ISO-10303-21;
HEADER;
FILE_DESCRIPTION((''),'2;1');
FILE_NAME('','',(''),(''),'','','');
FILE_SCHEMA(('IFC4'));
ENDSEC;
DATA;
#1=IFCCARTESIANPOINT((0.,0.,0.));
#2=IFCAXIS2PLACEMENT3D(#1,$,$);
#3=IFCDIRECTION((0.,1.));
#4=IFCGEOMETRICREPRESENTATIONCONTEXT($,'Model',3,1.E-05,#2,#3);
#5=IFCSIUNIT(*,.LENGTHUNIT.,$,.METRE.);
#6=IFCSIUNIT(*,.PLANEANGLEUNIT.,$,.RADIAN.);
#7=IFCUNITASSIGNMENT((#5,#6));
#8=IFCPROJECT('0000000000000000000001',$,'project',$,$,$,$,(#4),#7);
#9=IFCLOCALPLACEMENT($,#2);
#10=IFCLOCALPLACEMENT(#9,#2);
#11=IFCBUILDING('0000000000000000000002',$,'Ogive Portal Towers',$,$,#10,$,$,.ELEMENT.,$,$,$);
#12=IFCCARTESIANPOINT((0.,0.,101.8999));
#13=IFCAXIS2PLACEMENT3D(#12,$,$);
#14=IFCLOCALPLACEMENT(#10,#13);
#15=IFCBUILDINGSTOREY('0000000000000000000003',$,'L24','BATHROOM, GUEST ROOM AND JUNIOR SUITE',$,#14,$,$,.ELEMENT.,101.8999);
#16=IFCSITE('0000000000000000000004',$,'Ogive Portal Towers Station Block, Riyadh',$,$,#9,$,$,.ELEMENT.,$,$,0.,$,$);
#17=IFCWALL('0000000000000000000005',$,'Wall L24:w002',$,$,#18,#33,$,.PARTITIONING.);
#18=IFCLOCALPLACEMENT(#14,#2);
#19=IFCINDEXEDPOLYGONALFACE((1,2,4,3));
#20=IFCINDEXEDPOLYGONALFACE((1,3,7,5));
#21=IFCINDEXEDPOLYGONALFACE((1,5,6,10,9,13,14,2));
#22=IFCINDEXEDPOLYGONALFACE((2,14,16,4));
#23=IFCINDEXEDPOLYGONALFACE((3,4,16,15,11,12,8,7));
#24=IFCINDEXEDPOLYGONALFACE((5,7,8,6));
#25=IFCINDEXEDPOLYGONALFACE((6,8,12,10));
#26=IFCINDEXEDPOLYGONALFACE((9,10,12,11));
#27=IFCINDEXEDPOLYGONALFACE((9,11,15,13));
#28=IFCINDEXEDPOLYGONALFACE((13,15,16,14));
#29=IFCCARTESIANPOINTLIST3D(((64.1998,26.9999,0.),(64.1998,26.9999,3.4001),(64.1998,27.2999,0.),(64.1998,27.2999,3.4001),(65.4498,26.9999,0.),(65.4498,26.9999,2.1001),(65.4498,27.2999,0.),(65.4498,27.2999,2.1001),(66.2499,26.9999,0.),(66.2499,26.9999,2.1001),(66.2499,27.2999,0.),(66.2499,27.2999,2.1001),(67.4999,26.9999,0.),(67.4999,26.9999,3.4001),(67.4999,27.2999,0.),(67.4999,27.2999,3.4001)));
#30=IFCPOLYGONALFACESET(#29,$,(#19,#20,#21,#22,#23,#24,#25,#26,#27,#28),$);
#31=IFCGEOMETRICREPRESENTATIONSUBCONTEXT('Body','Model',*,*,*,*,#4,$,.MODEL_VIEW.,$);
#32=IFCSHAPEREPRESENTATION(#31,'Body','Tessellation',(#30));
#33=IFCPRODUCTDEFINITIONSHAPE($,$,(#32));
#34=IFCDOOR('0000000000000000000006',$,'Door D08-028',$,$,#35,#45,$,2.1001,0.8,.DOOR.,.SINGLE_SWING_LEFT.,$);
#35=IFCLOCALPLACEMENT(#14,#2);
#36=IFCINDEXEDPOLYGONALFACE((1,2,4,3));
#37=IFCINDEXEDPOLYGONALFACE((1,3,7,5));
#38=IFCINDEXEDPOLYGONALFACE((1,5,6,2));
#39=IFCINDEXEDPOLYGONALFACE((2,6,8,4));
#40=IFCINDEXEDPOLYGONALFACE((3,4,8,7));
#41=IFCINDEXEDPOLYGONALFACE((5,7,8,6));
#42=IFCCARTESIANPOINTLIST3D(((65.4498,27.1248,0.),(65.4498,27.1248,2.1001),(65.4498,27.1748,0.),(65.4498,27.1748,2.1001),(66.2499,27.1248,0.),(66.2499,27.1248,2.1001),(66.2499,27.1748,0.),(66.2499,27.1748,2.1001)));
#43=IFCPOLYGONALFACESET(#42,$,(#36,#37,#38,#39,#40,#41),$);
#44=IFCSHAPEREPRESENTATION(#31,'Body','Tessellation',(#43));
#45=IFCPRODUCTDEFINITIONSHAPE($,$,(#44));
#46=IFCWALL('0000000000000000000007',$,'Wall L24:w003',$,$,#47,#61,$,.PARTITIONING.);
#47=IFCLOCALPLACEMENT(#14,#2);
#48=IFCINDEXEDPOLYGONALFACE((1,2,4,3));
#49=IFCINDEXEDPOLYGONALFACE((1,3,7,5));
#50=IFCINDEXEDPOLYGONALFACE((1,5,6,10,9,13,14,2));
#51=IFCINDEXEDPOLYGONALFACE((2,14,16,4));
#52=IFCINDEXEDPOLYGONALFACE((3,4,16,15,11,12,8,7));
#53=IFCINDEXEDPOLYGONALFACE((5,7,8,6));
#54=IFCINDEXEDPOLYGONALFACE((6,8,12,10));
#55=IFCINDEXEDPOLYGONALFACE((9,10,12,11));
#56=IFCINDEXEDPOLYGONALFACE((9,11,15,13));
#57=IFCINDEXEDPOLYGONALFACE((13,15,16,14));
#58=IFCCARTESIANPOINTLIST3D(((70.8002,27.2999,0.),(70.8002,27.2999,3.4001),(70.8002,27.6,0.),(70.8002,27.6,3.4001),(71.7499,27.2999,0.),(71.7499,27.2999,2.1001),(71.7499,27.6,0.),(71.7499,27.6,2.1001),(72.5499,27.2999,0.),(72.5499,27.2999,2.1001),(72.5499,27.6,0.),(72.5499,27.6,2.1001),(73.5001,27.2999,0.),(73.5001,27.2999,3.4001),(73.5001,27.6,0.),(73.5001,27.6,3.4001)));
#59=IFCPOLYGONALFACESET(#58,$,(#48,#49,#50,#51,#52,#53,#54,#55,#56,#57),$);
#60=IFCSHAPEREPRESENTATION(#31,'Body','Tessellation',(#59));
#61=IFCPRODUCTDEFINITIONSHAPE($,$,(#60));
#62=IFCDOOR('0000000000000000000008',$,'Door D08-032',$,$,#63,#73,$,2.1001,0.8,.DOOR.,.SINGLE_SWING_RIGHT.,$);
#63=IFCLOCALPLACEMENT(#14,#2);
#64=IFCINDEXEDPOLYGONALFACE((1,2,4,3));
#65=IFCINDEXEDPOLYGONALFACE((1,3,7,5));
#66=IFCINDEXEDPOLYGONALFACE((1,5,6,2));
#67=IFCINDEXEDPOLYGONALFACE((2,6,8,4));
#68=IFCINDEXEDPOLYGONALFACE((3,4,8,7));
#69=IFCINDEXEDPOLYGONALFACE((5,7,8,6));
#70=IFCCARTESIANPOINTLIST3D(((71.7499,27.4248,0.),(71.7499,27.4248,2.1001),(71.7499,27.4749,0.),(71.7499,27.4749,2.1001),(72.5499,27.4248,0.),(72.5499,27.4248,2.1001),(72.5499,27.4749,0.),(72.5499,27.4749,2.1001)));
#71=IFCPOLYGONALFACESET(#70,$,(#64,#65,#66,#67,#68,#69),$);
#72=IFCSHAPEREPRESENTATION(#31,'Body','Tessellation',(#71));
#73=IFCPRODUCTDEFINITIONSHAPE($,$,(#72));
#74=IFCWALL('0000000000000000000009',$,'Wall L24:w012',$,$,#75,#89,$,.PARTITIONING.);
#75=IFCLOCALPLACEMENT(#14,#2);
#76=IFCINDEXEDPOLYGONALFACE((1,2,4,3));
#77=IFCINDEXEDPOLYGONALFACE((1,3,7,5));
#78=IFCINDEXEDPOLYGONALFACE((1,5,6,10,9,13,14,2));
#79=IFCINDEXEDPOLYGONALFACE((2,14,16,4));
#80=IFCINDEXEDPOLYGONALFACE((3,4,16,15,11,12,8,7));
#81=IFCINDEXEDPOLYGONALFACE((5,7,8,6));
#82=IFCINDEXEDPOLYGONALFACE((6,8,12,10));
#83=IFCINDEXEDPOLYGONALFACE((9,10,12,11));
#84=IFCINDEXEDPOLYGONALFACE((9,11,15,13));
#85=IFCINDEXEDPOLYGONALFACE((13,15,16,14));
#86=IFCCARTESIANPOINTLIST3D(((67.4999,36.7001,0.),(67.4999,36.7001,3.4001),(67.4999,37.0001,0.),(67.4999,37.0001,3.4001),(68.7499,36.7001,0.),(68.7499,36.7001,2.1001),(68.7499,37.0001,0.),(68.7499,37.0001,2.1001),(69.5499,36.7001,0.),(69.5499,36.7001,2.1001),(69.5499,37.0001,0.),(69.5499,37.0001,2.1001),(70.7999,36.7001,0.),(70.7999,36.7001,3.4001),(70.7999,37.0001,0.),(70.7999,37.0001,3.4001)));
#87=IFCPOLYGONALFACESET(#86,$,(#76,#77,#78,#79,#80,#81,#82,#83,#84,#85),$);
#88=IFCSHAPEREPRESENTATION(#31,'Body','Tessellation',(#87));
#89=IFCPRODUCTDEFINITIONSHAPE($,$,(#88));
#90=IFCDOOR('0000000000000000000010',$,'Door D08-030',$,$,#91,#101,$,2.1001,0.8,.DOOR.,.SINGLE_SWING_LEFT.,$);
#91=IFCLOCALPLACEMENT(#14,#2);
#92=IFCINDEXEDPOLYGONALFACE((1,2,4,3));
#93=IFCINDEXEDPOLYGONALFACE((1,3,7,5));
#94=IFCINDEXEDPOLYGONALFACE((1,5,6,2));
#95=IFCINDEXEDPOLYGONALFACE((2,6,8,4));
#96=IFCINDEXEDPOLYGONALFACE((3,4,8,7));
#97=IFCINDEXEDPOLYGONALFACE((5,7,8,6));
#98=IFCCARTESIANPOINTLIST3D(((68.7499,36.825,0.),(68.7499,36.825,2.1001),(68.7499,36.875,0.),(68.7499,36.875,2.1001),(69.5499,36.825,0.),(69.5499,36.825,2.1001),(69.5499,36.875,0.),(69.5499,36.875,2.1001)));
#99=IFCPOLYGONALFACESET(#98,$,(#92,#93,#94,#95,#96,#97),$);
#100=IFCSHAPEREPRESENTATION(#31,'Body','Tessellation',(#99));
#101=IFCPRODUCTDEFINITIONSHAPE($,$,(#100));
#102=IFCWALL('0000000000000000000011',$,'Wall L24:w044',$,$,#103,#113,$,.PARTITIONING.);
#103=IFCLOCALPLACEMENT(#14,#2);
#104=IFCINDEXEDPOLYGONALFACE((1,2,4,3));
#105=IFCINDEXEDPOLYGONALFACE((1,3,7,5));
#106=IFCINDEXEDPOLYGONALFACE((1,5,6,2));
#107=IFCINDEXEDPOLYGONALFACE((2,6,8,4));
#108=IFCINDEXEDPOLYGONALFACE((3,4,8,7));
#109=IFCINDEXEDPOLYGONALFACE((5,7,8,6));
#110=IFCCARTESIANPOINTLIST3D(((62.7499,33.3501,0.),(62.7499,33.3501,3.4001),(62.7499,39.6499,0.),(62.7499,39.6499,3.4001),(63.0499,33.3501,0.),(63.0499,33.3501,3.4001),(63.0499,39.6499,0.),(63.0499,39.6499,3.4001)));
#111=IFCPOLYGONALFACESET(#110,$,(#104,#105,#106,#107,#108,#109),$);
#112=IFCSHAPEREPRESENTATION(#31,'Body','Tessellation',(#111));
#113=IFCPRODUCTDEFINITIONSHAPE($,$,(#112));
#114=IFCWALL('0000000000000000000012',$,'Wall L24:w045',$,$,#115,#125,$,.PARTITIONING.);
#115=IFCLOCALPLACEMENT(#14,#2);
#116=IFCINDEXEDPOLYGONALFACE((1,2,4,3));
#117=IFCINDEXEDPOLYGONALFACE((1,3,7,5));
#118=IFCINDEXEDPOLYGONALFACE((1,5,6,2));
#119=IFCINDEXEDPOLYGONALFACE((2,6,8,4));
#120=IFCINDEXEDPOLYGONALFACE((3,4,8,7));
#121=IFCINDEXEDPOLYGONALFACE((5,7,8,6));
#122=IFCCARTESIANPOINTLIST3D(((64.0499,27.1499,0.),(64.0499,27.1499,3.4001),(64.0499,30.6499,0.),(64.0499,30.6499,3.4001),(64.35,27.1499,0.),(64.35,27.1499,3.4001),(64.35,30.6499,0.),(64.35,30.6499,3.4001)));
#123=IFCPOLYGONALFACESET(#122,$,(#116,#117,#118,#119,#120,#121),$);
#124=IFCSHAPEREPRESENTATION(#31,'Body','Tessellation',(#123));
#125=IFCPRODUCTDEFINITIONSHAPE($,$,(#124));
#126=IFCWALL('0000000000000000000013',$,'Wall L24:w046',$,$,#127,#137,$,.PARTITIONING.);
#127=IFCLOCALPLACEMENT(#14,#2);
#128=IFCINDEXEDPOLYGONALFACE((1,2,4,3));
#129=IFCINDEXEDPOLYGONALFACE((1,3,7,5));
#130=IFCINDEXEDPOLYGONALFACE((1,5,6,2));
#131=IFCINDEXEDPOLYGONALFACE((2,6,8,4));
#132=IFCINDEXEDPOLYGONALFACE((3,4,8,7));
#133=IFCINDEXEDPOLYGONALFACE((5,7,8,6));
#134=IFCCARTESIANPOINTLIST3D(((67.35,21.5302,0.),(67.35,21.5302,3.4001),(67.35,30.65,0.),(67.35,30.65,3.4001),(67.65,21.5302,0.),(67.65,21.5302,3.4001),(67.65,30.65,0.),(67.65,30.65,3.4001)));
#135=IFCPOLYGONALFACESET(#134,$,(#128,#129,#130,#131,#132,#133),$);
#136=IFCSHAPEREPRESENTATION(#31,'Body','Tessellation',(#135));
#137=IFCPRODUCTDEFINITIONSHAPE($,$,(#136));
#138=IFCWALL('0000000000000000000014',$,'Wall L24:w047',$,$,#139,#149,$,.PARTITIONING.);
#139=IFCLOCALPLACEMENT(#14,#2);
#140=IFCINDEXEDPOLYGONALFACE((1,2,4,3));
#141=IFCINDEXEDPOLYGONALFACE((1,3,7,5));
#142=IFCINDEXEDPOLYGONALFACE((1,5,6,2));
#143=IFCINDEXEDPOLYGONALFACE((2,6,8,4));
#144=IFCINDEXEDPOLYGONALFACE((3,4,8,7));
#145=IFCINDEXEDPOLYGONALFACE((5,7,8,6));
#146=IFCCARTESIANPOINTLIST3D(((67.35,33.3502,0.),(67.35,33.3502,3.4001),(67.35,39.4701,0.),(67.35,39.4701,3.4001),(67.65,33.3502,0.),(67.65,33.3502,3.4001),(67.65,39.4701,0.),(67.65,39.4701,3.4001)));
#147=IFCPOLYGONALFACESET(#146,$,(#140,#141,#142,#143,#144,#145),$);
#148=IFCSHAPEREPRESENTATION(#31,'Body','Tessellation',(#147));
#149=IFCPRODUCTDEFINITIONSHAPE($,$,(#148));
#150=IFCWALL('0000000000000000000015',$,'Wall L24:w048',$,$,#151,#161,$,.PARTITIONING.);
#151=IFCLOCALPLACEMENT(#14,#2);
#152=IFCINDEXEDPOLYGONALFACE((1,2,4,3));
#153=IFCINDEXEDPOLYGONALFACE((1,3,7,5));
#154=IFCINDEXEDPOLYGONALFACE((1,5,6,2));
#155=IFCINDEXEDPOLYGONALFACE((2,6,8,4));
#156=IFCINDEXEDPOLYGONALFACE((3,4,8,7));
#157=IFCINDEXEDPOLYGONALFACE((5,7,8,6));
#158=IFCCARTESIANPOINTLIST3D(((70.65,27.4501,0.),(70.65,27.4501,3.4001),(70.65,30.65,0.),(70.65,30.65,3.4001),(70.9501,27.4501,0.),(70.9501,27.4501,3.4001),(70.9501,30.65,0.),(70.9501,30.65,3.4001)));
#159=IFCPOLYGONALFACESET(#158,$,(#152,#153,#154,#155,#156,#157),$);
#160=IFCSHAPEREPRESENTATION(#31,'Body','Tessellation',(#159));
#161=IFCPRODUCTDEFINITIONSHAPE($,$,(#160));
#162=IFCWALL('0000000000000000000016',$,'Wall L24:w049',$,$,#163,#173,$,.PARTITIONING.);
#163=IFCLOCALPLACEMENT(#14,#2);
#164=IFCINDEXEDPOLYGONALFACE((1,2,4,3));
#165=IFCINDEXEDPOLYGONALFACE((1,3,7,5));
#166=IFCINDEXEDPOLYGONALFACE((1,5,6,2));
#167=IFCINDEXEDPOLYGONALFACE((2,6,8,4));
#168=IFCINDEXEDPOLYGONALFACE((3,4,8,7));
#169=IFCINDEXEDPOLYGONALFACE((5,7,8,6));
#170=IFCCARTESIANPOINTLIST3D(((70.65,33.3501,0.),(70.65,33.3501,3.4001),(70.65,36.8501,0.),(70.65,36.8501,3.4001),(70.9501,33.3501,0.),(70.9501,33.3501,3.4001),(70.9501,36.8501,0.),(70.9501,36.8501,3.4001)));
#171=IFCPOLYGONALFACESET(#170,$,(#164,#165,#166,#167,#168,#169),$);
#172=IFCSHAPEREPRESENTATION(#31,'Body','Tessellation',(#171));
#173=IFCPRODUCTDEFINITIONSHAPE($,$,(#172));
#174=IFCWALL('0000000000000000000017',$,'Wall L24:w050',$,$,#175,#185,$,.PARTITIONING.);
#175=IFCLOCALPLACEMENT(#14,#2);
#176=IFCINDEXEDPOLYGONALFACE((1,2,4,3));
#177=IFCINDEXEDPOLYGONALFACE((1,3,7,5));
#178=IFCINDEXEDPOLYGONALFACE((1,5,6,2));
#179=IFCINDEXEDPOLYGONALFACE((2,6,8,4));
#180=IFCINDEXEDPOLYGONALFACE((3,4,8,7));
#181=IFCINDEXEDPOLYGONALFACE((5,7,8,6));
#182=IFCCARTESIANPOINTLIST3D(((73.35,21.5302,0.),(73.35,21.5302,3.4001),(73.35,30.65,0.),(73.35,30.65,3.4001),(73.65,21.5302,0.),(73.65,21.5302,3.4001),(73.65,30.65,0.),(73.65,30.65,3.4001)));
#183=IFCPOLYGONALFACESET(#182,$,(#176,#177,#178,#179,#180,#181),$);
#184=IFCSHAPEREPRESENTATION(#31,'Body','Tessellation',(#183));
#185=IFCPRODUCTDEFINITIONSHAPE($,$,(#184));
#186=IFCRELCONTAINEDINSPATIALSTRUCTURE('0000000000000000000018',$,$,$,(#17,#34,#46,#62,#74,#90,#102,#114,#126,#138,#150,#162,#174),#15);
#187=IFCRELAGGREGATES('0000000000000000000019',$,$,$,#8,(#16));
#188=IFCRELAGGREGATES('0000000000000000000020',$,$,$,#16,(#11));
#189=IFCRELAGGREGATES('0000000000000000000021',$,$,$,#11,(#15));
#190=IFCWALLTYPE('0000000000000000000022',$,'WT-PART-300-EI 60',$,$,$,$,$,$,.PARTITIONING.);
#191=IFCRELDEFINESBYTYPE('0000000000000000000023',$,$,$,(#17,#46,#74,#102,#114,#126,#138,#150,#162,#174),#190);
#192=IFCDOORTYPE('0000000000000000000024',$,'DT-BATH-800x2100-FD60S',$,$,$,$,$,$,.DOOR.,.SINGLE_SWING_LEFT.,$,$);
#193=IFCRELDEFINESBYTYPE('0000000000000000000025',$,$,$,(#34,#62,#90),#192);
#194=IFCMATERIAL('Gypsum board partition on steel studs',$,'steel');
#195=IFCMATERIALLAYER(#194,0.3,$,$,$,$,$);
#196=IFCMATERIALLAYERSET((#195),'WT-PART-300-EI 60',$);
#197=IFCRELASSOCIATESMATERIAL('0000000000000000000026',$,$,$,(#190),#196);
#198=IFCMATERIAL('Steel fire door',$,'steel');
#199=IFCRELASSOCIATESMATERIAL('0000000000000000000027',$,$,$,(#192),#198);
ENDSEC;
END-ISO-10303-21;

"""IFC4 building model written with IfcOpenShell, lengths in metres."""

from ifc_helpers import new_model, si_unit, direction, frame, frame_2d, origin, place, context, subcontext, project, spatial, rectangle, extrude, material, layer, layer_set, type_object, element, fill, save


model = new_model("IFC4")

# Units and contexts
model_context = context("Model", 3, precision=1e-05, world=origin(), true_north=direction((0.0, 1.0)))
body_context = subcontext(model_context, "Body", "Model", "MODEL_VIEW")
ifc_project = project(units=[si_unit("LENGTHUNIT", "METRE"), si_unit("PLANEANGLEUNIT", "RADIAN")], contexts=[model_context])

# Site, building, storey
site_placement = place(None, origin())
site = spatial("IfcSite", under=ifc_project, at=site_placement, Name="Ogive Portal Towers Station Block, Riyadh", CompositionType="ELEMENT", RefElevation=0.0)
building_placement = place(site_placement, origin())
building = spatial("IfcBuilding", under=site, at=building_placement, Name="Ogive Portal Towers", CompositionType="ELEMENT")
storey_placement = place(building_placement, frame((0.0, 0.0, 101.8999)))
storey = spatial("IfcBuildingStorey", under=building, at=storey_placement, Name="L24", Description="BATHROOM, GUEST ROOM AND JUNIOR SUITE", CompositionType="ELEMENT", Elevation=101.8999)

# Walls, openings, doors
ifc_material_1 = material(Name="Gypsum board partition on steel studs", Category="steel")
ifc_layer_1 = layer(ifc_material_1, 0.3)
ifc_layer_set_1 = layer_set([ifc_layer_1], Name="WT-PART-300-EI 60")
wall_type_1 = type_object("IfcWallType", Name="WT-PART-300-EI 60", PredefinedType="PARTITIONING", material=ifc_layer_set_1)
wall_1_placement = place(storey_placement, frame((64.2, 27.1499, 0.0), z_axis=(0.0, 0.0, 1.0), x_axis=(1.0, 0.0, 0.0)))
wall_1 = element("IfcWall", 1, at=wall_1_placement, inside=storey, type_object=wall_type_1, Name="Wall L24:w002", PredefinedType="PARTITIONING", context=body_context, shape_type="SweptSolid", body=[
    extrude(rectangle(XDim=3.3, YDim=0.3, at=frame_2d((1.6499, 0.0))), origin(), (0.0, 0.0, 1.0), 3.4001),
])
opening_1_placement = place(wall_1_placement, frame((1.25, 0.0, 0.0)))
opening_1 = element("IfcOpeningElement", 2, at=opening_1_placement, cuts=wall_1, PredefinedType="OPENING", context=body_context, shape_type="SweptSolid", body=[
    extrude(rectangle(XDim=0.8, YDim=2.1001, at=frame_2d((0.3999, 1.05))), frame((0.0, 0.1602, 0.0), z_axis=(0.0, -1.0, 0.0), x_axis=(1.0, 0.0, 0.0)), (0.0, 0.0, 1.0), 0.3201),
])
ifc_material_2 = material(Name="Steel fire door", Category="steel")
door_type = type_object("IfcDoorType", Name="DT-BATH-800x2100-FD60S", OperationType="SINGLE_SWING_LEFT", PredefinedType="DOOR", material=ifc_material_2)
door_1_placement = place(opening_1_placement, origin())
door_1 = element("IfcDoor", 3, at=door_1_placement, inside=storey, type_object=door_type, Name="Door D08-028", OperationType="SINGLE_SWING_LEFT", OverallHeight=2.1001, OverallWidth=0.8, PredefinedType="DOOR", context=body_context, shape_type="SweptSolid", body=[
    extrude(rectangle(XDim=0.8, YDim=2.1001, at=frame_2d((0.3999, 1.05))), frame((0.0, 0.0249, 0.0), z_axis=(0.0, -1.0, 0.0), x_axis=(1.0, 0.0, 0.0)), (0.0, 0.0, 1.0), 0.05),
])
fill(opening_1, door_1)
wall_2_placement = place(storey_placement, frame((70.8, 27.45, 0.0), z_axis=(0.0, 0.0, 1.0), x_axis=(1.0, 0.0, 0.0)))
wall_2 = element("IfcWall", 4, at=wall_2_placement, inside=storey, type_object=wall_type_1, Name="Wall L24:w003", PredefinedType="PARTITIONING", context=body_context, shape_type="SweptSolid", body=[
    extrude(rectangle(XDim=2.7, YDim=0.3, at=frame_2d((1.3501, 0.0))), origin(), (0.0, 0.0, 1.0), 3.4001),
])
opening_2_placement = place(wall_2_placement, frame((0.95, 0.0, 0.0)))
opening_2 = element("IfcOpeningElement", 5, at=opening_2_placement, cuts=wall_2, PredefinedType="OPENING", context=body_context, shape_type="SweptSolid", body=[
    extrude(rectangle(XDim=0.8, YDim=2.1001, at=frame_2d((0.3999, 1.05))), frame((0.0, 0.1602, 0.0), z_axis=(0.0, -1.0, 0.0), x_axis=(1.0, 0.0, 0.0)), (0.0, 0.0, 1.0), 0.3201),
])
door_2_placement = place(opening_2_placement, origin())
door_2 = element("IfcDoor", 6, at=door_2_placement, inside=storey, type_object=door_type, Name="Door D08-032", OperationType="SINGLE_SWING_RIGHT", OverallHeight=2.1001, OverallWidth=0.8, PredefinedType="DOOR", context=body_context, shape_type="SweptSolid", body=[
    extrude(rectangle(XDim=0.8, YDim=2.1001, at=frame_2d((0.3999, 1.05))), frame((0.0, 0.0249, 0.0), z_axis=(0.0, -1.0, 0.0), x_axis=(1.0, 0.0, 0.0)), (0.0, 0.0, 1.0), 0.05),
])
fill(opening_2, door_2)
wall_3_placement = place(storey_placement, frame((67.5, 36.8501, 0.0), z_axis=(0.0, 0.0, 1.0), x_axis=(1.0, 0.0, 0.0)))
wall_3 = element("IfcWall", 7, at=wall_3_placement, inside=storey, type_object=wall_type_1, Name="Wall L24:w012", PredefinedType="PARTITIONING", context=body_context, shape_type="SweptSolid", body=[
    extrude(rectangle(XDim=3.3, YDim=0.3, at=frame_2d((1.6499, 0.0))), origin(), (0.0, 0.0, 1.0), 3.4001),
])
opening_3_placement = place(wall_3_placement, frame((1.25, 0.0, 0.0)))
opening_3 = element("IfcOpeningElement", 8, at=opening_3_placement, cuts=wall_3, PredefinedType="OPENING", context=body_context, shape_type="SweptSolid", body=[
    extrude(rectangle(XDim=0.8, YDim=2.1001, at=frame_2d((0.3999, 1.05))), frame((0.0, 0.1602, 0.0), z_axis=(0.0, -1.0, 0.0), x_axis=(1.0, 0.0, 0.0)), (0.0, 0.0, 1.0), 0.3201),
])
door_3_placement = place(opening_3_placement, origin())
door_3 = element("IfcDoor", 9, at=door_3_placement, inside=storey, type_object=door_type, Name="Door D08-030", OperationType="SINGLE_SWING_LEFT", OverallHeight=2.1001, OverallWidth=0.8, PredefinedType="DOOR", context=body_context, shape_type="SweptSolid", body=[
    extrude(rectangle(XDim=0.8, YDim=2.1001, at=frame_2d((0.3999, 1.05))), frame((0.0, 0.0249, 0.0), z_axis=(0.0, -1.0, 0.0), x_axis=(1.0, 0.0, 0.0)), (0.0, 0.0, 1.0), 0.05),
])
fill(opening_3, door_3)

# Walls
wall_4_placement = place(storey_placement, frame((62.8999, 33.3501, 0.0), z_axis=(0.0, 0.0, 1.0), x_axis=(0.0, 1.0, 0.0)))
element("IfcWall", 10, at=wall_4_placement, inside=storey, type_object=wall_type_1, Name="Wall L24:w044", PredefinedType="PARTITIONING", context=body_context, shape_type="SweptSolid", body=[
    extrude(rectangle(XDim=6.2998, YDim=0.3, at=frame_2d((3.1499, 0.0))), origin(), (0.0, 0.0, 1.0), 3.4001),
])
wall_5_placement = place(storey_placement, frame((64.2, 27.1499, 0.0), z_axis=(0.0, 0.0, 1.0), x_axis=(0.0, 1.0, 0.0)))
element("IfcWall", 11, at=wall_5_placement, inside=storey, type_object=wall_type_1, Name="Wall L24:w045", PredefinedType="PARTITIONING", context=body_context, shape_type="SweptSolid", body=[
    extrude(rectangle(XDim=3.5, YDim=0.3, at=frame_2d((1.75, 0.0))), origin(), (0.0, 0.0, 1.0), 3.4001),
])
wall_6_placement = place(storey_placement, frame((67.5, 21.53, 0.0), z_axis=(0.0, 0.0, 1.0), x_axis=(0.0, 1.0, 0.0)))
element("IfcWall", 12, at=wall_6_placement, inside=storey, type_object=wall_type_1, Name="Wall L24:w046", PredefinedType="PARTITIONING", context=body_context, shape_type="SweptSolid", body=[
    extrude(rectangle(XDim=9.1199, YDim=0.3, at=frame_2d((4.5601, 0.0))), origin(), (0.0, 0.0, 1.0), 3.4001),
])
wall_7_placement = place(storey_placement, frame((67.5, 33.3501, 0.0), z_axis=(0.0, 0.0, 1.0), x_axis=(0.0, 1.0, 0.0)))
element("IfcWall", 13, at=wall_7_placement, inside=storey, type_object=wall_type_1, Name="Wall L24:w047", PredefinedType="PARTITIONING", context=body_context, shape_type="SweptSolid", body=[
    extrude(rectangle(XDim=6.1199, YDim=0.3, at=frame_2d((3.0601, 0.0))), origin(), (0.0, 0.0, 1.0), 3.4001),
])
wall_8_placement = place(storey_placement, frame((70.8, 27.45, 0.0), z_axis=(0.0, 0.0, 1.0), x_axis=(0.0, 1.0, 0.0)))
element("IfcWall", 14, at=wall_8_placement, inside=storey, type_object=wall_type_1, Name="Wall L24:w048", PredefinedType="PARTITIONING", context=body_context, shape_type="SweptSolid", body=[
    extrude(rectangle(XDim=3.2, YDim=0.3, at=frame_2d((1.6001, 0.0))), origin(), (0.0, 0.0, 1.0), 3.4001),
])
wall_9_placement = place(storey_placement, frame((70.8, 33.3501, 0.0), z_axis=(0.0, 0.0, 1.0), x_axis=(0.0, 1.0, 0.0)))
element("IfcWall", 15, at=wall_9_placement, inside=storey, type_object=wall_type_1, Name="Wall L24:w049", PredefinedType="PARTITIONING", context=body_context, shape_type="SweptSolid", body=[
    extrude(rectangle(XDim=3.5, YDim=0.3, at=frame_2d((1.75, 0.0))), origin(), (0.0, 0.0, 1.0), 3.4001),
])
wall_10_placement = place(storey_placement, frame((73.5, 21.53, 0.0), z_axis=(0.0, 0.0, 1.0), x_axis=(0.0, 1.0, 0.0)))
element("IfcWall", 16, at=wall_10_placement, inside=storey, type_object=wall_type_1, Name="Wall L24:w050", PredefinedType="PARTITIONING", context=body_context, shape_type="SweptSolid", body=[
    extrude(rectangle(XDim=9.1199, YDim=0.3, at=frame_2d((4.5601, 0.0))), origin(), (0.0, 0.0, 1.0), 3.4001),
])

save(model, "model.ifc")
